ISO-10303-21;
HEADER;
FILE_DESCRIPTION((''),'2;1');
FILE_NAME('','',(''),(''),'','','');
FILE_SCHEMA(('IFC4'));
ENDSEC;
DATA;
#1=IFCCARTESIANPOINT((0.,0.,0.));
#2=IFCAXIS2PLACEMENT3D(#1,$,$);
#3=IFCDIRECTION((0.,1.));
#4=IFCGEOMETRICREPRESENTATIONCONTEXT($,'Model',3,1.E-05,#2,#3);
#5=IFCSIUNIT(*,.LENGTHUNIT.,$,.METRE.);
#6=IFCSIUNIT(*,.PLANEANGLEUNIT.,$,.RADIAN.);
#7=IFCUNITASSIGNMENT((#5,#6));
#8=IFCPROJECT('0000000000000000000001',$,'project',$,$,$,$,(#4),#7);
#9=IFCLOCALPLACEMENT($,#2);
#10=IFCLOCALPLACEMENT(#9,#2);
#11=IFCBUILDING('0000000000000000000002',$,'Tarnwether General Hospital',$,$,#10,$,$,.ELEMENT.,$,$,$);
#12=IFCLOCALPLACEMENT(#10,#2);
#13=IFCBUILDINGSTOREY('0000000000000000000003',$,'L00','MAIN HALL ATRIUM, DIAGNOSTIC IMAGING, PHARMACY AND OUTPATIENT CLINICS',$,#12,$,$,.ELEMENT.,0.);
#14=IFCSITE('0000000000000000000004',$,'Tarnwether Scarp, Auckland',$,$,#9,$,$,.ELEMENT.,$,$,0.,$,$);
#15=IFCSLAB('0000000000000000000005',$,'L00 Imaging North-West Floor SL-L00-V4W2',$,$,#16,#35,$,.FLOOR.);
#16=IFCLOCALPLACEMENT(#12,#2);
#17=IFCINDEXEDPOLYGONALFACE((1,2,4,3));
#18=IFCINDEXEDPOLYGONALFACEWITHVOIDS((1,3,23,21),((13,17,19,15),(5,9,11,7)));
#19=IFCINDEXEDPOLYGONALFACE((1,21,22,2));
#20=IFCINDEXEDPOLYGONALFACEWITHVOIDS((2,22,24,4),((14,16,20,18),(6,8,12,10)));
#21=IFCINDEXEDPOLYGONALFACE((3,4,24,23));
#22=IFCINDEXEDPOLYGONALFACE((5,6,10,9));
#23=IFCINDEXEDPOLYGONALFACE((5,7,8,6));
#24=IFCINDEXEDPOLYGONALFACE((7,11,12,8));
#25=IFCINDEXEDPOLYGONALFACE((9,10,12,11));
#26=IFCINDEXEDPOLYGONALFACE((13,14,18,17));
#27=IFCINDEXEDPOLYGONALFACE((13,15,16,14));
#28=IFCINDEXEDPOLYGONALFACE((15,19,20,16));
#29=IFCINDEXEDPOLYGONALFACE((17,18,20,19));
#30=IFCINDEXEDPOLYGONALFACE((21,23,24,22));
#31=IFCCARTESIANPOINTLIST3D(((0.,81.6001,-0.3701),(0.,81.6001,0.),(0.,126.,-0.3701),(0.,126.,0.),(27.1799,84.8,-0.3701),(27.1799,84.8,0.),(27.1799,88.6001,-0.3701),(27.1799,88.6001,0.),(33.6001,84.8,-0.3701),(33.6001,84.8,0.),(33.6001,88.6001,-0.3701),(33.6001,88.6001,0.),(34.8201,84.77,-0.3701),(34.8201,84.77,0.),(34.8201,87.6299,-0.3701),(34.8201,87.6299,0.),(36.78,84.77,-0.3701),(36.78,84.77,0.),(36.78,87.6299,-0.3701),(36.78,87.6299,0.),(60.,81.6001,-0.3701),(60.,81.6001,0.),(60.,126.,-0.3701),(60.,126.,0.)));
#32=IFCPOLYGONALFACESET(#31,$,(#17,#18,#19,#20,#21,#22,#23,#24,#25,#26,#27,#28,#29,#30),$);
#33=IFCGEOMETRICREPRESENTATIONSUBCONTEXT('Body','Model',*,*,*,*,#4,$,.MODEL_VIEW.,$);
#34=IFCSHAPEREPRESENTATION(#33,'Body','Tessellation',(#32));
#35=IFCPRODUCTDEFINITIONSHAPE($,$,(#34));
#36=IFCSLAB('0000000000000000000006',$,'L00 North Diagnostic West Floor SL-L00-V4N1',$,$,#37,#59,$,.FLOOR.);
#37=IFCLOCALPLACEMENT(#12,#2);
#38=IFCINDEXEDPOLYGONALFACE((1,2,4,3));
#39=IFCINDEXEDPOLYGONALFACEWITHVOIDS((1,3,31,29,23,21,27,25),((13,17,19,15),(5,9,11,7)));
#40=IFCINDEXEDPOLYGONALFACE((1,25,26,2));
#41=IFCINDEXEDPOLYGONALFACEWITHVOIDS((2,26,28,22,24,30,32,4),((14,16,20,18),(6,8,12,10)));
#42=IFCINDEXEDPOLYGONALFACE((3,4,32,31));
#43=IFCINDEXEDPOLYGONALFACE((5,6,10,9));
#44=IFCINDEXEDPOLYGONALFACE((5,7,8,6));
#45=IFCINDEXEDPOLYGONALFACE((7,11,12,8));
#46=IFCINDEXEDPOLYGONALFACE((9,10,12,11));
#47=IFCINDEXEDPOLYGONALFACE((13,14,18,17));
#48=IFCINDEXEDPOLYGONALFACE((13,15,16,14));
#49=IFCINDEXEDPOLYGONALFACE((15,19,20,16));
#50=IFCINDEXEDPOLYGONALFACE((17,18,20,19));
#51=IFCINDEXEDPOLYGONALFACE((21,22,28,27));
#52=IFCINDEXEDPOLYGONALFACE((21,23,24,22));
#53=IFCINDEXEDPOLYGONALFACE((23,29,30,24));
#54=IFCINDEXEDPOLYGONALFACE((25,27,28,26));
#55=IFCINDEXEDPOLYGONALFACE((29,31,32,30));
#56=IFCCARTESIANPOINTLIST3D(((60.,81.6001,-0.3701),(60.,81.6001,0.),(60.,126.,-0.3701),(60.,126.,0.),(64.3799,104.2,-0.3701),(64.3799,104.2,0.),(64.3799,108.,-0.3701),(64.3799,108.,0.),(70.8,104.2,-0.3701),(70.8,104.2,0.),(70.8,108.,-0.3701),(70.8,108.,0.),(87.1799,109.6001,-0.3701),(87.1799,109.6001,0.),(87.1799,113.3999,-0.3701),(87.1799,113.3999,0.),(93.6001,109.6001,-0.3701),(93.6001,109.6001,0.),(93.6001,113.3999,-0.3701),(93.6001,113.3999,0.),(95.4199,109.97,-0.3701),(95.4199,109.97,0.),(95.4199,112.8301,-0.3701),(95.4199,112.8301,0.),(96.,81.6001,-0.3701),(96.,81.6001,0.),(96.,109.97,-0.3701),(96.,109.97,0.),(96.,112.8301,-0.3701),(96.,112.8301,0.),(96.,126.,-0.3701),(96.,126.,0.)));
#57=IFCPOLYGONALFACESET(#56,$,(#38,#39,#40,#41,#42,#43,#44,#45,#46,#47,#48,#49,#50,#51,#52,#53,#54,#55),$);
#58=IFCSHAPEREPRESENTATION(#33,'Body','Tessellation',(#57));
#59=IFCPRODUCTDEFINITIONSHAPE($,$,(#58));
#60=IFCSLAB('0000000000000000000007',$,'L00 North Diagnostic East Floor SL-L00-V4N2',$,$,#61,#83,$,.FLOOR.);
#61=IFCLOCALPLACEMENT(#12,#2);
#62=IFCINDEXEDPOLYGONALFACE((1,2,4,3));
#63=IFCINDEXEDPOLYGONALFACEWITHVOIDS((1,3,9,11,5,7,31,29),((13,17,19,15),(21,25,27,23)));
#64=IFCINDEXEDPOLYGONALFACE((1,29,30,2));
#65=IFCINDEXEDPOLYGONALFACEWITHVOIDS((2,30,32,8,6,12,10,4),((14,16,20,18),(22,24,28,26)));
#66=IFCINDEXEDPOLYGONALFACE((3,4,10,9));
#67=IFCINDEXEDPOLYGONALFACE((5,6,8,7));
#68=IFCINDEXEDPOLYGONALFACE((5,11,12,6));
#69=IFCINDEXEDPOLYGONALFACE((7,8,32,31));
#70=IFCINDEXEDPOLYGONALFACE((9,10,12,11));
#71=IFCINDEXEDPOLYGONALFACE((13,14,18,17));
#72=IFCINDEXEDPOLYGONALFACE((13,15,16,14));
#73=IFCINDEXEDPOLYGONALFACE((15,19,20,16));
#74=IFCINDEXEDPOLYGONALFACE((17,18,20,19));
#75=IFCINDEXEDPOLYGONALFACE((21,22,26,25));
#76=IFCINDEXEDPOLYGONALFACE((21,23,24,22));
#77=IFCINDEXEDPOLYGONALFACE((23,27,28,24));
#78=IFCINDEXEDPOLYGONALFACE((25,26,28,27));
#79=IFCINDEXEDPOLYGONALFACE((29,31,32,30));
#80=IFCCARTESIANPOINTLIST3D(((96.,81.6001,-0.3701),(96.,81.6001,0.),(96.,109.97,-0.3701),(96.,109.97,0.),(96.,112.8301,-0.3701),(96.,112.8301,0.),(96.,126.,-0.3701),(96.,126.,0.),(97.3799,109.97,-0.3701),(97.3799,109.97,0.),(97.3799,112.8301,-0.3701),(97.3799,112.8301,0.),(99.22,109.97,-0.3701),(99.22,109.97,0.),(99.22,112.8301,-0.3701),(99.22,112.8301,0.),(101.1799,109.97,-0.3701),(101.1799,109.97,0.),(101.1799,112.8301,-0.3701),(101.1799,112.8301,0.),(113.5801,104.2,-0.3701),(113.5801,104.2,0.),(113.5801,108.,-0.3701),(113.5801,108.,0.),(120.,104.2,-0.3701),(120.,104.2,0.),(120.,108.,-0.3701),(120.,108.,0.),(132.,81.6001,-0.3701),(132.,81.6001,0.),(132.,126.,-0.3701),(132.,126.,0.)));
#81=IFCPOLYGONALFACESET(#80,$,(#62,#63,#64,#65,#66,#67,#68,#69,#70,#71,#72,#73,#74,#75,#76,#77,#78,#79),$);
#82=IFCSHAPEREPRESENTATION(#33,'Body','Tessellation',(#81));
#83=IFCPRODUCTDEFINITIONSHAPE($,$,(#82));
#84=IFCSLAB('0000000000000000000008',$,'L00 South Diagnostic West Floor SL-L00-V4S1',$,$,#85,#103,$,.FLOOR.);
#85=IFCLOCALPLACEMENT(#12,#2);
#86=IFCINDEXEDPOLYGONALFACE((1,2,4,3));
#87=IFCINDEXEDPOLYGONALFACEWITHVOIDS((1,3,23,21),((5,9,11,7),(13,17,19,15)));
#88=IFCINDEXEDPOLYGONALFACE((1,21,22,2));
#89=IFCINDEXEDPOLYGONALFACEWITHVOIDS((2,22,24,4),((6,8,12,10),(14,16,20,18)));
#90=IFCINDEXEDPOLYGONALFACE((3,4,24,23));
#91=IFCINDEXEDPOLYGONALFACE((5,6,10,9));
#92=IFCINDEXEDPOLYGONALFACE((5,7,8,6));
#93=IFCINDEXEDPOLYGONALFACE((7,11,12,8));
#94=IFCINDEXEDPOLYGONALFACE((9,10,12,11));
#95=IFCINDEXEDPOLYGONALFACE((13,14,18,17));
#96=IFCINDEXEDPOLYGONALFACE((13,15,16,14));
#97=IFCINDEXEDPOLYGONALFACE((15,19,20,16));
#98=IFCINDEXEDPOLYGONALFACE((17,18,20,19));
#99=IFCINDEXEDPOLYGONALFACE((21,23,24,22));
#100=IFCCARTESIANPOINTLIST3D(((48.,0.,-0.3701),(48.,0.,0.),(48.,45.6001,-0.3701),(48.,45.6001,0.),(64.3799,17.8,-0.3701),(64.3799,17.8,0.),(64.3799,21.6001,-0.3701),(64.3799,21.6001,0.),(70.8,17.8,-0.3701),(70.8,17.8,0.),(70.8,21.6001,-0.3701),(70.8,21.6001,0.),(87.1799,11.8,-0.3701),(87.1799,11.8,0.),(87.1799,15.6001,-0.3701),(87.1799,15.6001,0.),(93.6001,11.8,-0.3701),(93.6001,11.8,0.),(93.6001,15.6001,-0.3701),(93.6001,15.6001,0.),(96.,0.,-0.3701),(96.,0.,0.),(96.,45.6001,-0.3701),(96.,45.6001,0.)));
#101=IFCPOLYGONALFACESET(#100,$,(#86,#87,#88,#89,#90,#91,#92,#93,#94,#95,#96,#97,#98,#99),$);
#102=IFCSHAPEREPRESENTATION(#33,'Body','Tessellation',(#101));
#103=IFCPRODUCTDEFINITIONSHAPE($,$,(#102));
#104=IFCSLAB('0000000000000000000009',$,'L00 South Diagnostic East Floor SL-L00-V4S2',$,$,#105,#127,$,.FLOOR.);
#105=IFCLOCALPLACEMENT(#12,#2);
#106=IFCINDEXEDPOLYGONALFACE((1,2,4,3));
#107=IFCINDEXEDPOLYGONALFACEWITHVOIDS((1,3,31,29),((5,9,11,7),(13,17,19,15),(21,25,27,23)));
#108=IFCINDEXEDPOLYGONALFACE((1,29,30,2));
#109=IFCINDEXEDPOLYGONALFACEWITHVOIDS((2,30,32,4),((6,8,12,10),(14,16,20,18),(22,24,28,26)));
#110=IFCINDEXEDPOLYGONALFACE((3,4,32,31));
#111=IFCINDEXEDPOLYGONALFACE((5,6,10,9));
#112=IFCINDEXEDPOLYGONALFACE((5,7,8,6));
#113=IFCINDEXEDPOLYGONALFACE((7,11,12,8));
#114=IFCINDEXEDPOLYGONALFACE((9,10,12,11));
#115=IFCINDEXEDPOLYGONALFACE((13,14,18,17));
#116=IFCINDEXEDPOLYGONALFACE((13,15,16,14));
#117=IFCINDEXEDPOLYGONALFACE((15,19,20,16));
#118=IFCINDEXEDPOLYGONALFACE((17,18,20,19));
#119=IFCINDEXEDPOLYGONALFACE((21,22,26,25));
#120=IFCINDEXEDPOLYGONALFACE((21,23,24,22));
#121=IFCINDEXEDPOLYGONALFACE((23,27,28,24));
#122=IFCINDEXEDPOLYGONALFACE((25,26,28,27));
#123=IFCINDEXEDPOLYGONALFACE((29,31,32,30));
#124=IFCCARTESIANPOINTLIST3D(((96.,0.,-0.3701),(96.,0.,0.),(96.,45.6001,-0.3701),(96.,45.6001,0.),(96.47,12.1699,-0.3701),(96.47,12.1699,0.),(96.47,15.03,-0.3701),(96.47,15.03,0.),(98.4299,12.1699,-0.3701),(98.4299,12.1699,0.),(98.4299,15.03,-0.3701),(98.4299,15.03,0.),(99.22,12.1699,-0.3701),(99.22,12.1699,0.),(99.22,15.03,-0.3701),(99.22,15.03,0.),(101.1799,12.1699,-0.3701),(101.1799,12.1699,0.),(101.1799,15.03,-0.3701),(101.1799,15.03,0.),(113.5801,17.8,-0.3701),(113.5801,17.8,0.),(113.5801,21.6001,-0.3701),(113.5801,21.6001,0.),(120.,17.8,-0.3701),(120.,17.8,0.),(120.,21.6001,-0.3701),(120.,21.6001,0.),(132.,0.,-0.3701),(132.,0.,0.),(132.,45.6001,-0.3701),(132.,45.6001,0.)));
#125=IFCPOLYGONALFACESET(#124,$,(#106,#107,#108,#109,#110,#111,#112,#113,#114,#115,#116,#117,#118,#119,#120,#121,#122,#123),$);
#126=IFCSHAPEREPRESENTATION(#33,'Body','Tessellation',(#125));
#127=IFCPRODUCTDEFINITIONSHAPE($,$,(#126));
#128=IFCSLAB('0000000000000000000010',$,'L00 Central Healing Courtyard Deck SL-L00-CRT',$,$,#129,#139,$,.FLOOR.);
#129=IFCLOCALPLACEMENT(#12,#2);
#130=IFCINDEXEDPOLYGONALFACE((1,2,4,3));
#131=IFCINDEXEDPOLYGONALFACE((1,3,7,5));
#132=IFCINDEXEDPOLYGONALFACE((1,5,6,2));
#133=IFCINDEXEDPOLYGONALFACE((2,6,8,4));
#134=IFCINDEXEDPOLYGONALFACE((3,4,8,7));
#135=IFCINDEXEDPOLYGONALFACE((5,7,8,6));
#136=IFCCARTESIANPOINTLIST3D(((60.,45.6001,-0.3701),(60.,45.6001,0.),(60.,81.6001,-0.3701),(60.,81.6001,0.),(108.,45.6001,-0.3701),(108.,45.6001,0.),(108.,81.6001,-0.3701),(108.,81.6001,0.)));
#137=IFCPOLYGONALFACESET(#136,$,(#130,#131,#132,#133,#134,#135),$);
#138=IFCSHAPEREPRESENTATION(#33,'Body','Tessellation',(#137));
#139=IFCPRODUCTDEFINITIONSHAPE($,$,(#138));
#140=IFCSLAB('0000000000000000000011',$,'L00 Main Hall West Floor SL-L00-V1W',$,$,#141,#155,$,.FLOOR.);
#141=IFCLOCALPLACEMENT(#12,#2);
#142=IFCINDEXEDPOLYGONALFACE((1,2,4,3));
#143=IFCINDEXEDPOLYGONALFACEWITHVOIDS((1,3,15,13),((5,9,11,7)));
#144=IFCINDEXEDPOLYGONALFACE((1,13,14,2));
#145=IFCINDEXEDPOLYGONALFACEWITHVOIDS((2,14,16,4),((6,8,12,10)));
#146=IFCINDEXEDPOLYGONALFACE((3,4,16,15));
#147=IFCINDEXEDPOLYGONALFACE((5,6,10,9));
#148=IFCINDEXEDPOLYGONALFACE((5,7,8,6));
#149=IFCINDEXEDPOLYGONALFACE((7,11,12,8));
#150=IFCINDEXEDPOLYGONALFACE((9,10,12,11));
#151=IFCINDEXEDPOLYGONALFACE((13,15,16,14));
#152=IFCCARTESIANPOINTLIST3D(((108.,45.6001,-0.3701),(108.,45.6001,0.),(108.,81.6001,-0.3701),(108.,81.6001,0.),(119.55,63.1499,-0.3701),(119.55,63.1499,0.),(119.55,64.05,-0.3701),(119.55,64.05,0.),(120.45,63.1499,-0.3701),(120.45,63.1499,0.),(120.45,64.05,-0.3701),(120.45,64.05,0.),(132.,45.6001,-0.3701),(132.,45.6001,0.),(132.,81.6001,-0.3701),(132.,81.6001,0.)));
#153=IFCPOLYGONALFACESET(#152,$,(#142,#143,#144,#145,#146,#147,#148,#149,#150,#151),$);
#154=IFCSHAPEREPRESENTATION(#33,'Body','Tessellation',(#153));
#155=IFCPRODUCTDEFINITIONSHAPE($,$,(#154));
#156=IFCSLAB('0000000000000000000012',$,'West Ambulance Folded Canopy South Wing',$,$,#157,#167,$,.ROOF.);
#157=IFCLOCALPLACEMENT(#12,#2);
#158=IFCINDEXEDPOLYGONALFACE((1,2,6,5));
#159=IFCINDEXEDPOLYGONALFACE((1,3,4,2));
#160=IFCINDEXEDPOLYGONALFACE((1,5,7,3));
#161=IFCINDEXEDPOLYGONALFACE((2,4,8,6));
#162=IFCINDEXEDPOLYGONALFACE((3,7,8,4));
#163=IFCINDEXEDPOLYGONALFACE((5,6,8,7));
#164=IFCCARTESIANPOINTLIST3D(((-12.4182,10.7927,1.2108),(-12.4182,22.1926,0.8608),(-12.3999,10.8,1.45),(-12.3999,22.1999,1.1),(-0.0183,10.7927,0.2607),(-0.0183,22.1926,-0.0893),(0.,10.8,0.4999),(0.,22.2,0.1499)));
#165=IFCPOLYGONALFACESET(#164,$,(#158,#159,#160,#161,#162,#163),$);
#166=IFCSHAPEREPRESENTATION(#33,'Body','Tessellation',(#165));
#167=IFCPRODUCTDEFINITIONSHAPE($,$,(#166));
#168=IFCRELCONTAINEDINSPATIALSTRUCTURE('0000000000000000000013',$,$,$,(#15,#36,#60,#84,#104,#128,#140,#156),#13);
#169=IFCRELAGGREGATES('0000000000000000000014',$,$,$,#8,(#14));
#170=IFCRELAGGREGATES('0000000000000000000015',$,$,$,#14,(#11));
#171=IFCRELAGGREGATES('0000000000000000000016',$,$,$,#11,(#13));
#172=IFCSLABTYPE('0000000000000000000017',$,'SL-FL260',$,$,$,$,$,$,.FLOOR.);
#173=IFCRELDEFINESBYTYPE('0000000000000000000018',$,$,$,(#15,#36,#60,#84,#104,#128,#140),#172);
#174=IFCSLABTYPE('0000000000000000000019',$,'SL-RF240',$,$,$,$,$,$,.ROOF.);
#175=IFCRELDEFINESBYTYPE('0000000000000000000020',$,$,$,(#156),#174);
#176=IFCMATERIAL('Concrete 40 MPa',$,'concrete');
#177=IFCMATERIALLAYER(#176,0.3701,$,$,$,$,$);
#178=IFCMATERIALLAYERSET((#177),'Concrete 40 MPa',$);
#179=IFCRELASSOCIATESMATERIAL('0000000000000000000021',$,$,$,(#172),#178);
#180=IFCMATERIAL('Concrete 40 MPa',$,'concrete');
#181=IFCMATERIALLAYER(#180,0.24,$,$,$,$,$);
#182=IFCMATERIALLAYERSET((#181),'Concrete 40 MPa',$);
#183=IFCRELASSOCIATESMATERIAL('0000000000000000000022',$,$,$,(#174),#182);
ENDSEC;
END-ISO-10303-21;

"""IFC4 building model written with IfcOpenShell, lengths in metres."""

from ifc_helpers import new_model, si_unit, direction, frame, origin, place, context, subcontext, project, spatial, polyline, outline, extrude, material, layer, layer_set, type_object, element, save


model = new_model("IFC4")

# Units and contexts
model_context = context("Model", 3, precision=1e-05, world=origin(), true_north=direction((0.0, 1.0)))
body_context = subcontext(model_context, "Body", "Model", "MODEL_VIEW")
ifc_project = project(units=[si_unit("LENGTHUNIT", "METRE"), si_unit("PLANEANGLEUNIT", "RADIAN")], contexts=[model_context])

# Site, building, storey
site_placement = place(None, origin())
site = spatial("IfcSite", under=ifc_project, at=site_placement, Name="Tarnwether Scarp, Auckland", CompositionType="ELEMENT", RefElevation=0.0)
building_placement = place(site_placement, origin())
building = spatial("IfcBuilding", under=site, at=building_placement, Name="Tarnwether General Hospital", CompositionType="ELEMENT")
storey_placement = place(building_placement, origin())
storey = spatial("IfcBuildingStorey", under=building, at=storey_placement, Name="L00", Description="MAIN HALL ATRIUM, DIAGNOSTIC IMAGING, PHARMACY AND OUTPATIENT CLINICS", CompositionType="ELEMENT", Elevation=0.0)

# Slabs
ifc_material_1 = material(Name="Concrete 40 MPa", Category="concrete")
ifc_layer_1 = layer(ifc_material_1, 0.3701)
ifc_layer_set_1 = layer_set([ifc_layer_1], Name="Concrete 40 MPa")
slab_type_1 = type_object("IfcSlabType", Name="SL-FL260", PredefinedType="FLOOR", material=ifc_layer_set_1)
slab_1_placement = place(storey_placement, frame((0.0, 0.0, -0.3701)))
element("IfcSlab", 1, at=slab_1_placement, inside=storey, type_object=slab_type_1, Name="L00 Imaging North-West Floor SL-L00-V4W2", PredefinedType="FLOOR", context=body_context, shape_type="SweptSolid", body=[
    extrude(outline(polyline([(0.0, 81.6001), (0.0, 126.0), (60.0, 126.0), (60.0, 81.6001), (0.0, 81.6001)]), holes=[polyline([(36.78, 87.6299), (34.8201, 87.6299), (34.8201, 84.77), (36.78, 84.77), (36.78, 87.6299)]), polyline([(33.6001, 88.6001), (27.1799, 88.6001), (27.1799, 84.8), (33.6001, 84.8), (33.6001, 88.6001)])]), origin(), (0.0, 0.0, 1.0), 0.3701),
])
slab_2_placement = place(storey_placement, frame((0.0, 0.0, -0.3701)))
element("IfcSlab", 2, at=slab_2_placement, inside=storey, type_object=slab_type_1, Name="L00 North Diagnostic West Floor SL-L00-V4N1", PredefinedType="FLOOR", context=body_context, shape_type="SweptSolid", body=[
    extrude(outline(polyline([(96.0, 81.6001), (60.0, 81.6001), (60.0, 126.0), (96.0, 126.0), (96.0, 112.8301), (95.4199, 112.8301), (95.4199, 109.97), (96.0, 109.97), (96.0, 81.6001)]), holes=[polyline([(70.8, 108.0), (64.3799, 108.0), (64.3799, 104.2), (70.8, 104.2), (70.8, 108.0)]), polyline([(93.6001, 113.3999), (87.1799, 113.3999), (87.1799, 109.6001), (93.6001, 109.6001), (93.6001, 113.3999)])]), origin(), (0.0, 0.0, 1.0), 0.3701),
])
slab_3_placement = place(storey_placement, frame((0.0, 0.0, -0.3701)))
element("IfcSlab", 3, at=slab_3_placement, inside=storey, type_object=slab_type_1, Name="L00 North Diagnostic East Floor SL-L00-V4N2", PredefinedType="FLOOR", context=body_context, shape_type="SweptSolid", body=[
    extrude(outline(polyline([(96.0, 126.0), (132.0, 126.0), (132.0, 81.6001), (96.0, 81.6001), (96.0, 109.97), (97.3799, 109.97), (97.3799, 112.8301), (96.0, 112.8301), (96.0, 126.0)]), holes=[polyline([(120.0, 108.0), (113.5801, 108.0), (113.5801, 104.2), (120.0, 104.2), (120.0, 108.0)]), polyline([(101.1799, 112.8301), (99.22, 112.8301), (99.22, 109.97), (101.1799, 109.97), (101.1799, 112.8301)])]), origin(), (0.0, 0.0, 1.0), 0.3701),
])
slab_4_placement = place(storey_placement, frame((0.0, 0.0, -0.3701)))
element("IfcSlab", 4, at=slab_4_placement, inside=storey, type_object=slab_type_1, Name="L00 South Diagnostic West Floor SL-L00-V4S1", PredefinedType="FLOOR", context=body_context, shape_type="SweptSolid", body=[
    extrude(outline(polyline([(48.0, 0.0), (48.0, 45.6001), (96.0, 45.6001), (96.0, 0.0), (48.0, 0.0)]), holes=[polyline([(64.3799, 21.6001), (64.3799, 17.8), (70.8, 17.8), (70.8, 21.6001), (64.3799, 21.6001)]), polyline([(93.6001, 15.6001), (87.1799, 15.6001), (87.1799, 11.8), (93.6001, 11.8), (93.6001, 15.6001)])]), origin(), (0.0, 0.0, 1.0), 0.3701),
])
slab_5_placement = place(storey_placement, frame((0.0, 0.0, -0.3701)))
element("IfcSlab", 5, at=slab_5_placement, inside=storey, type_object=slab_type_1, Name="L00 South Diagnostic East Floor SL-L00-V4S2", PredefinedType="FLOOR", context=body_context, shape_type="SweptSolid", body=[
    extrude(outline(polyline([(96.0, 0.0), (96.0, 45.6001), (132.0, 45.6001), (132.0, 0.0), (96.0, 0.0)]), holes=[polyline([(96.47, 15.03), (96.47, 12.1699), (98.4299, 12.1699), (98.4299, 15.03), (96.47, 15.03)]), polyline([(101.1799, 15.03), (99.22, 15.03), (99.22, 12.1699), (101.1799, 12.1699), (101.1799, 15.03)]), polyline([(120.0, 21.6001), (113.5801, 21.6001), (113.5801, 17.8), (120.0, 17.8), (120.0, 21.6001)])]), origin(), (0.0, 0.0, 1.0), 0.3701),
])
slab_6_placement = place(storey_placement, frame((0.0, 0.0, -0.3701)))
element("IfcSlab", 6, at=slab_6_placement, inside=storey, type_object=slab_type_1, Name="L00 Central Healing Courtyard Deck SL-L00-CRT", PredefinedType="FLOOR", context=body_context, shape_type="SweptSolid", body=[
    extrude(outline(polyline([(108.0, 45.6001), (108.0, 81.6001), (60.0, 81.6001), (60.0, 45.6001), (108.0, 45.6001)])), origin(), (0.0, 0.0, 1.0), 0.3701),
])
slab_7_placement = place(storey_placement, frame((0.0, 0.0, -0.3701)))
element("IfcSlab", 7, at=slab_7_placement, inside=storey, type_object=slab_type_1, Name="L00 Main Hall West Floor SL-L00-V1W", PredefinedType="FLOOR", context=body_context, shape_type="SweptSolid", body=[
    extrude(outline(polyline([(108.0, 81.6001), (132.0, 81.6001), (132.0, 45.6001), (108.0, 45.6001), (108.0, 81.6001)]), holes=[polyline([(120.45, 64.05), (119.55, 64.05), (119.55, 63.1499), (120.45, 63.1499), (120.45, 64.05)])]), origin(), (0.0, 0.0, 1.0), 0.3701),
])
ifc_material_2 = material(Name="Concrete 40 MPa", Category="concrete")
ifc_layer_2 = layer(ifc_material_2, 0.24)
ifc_layer_set_2 = layer_set([ifc_layer_2], Name="Concrete 40 MPa")
slab_type_2 = type_object("IfcSlabType", Name="SL-RF240", PredefinedType="ROOF", material=ifc_layer_set_2)
slab_8_placement = place(storey_placement, frame((-12.3999, 10.8, 1.45), z_axis=(0.07636, 0.030596, 0.996611), x_axis=(0.997078, 0.0, -0.076395)))
element("IfcSlab", 8, at=slab_8_placement, inside=storey, type_object=slab_type_2, Name="West Ambulance Folded Canopy South Wing", PredefinedType="ROOF", context=body_context, shape_type="SweptSolid", body=[
    extrude(outline(polyline([(0.0, 0.0), (12.4362, 0.0), (12.463, 11.4052), (0.0267, 11.4052), (0.0, 0.0)])), origin(), (0.0, 0.0, -1.0), 0.24),
])

save(model, "model.ifc")
